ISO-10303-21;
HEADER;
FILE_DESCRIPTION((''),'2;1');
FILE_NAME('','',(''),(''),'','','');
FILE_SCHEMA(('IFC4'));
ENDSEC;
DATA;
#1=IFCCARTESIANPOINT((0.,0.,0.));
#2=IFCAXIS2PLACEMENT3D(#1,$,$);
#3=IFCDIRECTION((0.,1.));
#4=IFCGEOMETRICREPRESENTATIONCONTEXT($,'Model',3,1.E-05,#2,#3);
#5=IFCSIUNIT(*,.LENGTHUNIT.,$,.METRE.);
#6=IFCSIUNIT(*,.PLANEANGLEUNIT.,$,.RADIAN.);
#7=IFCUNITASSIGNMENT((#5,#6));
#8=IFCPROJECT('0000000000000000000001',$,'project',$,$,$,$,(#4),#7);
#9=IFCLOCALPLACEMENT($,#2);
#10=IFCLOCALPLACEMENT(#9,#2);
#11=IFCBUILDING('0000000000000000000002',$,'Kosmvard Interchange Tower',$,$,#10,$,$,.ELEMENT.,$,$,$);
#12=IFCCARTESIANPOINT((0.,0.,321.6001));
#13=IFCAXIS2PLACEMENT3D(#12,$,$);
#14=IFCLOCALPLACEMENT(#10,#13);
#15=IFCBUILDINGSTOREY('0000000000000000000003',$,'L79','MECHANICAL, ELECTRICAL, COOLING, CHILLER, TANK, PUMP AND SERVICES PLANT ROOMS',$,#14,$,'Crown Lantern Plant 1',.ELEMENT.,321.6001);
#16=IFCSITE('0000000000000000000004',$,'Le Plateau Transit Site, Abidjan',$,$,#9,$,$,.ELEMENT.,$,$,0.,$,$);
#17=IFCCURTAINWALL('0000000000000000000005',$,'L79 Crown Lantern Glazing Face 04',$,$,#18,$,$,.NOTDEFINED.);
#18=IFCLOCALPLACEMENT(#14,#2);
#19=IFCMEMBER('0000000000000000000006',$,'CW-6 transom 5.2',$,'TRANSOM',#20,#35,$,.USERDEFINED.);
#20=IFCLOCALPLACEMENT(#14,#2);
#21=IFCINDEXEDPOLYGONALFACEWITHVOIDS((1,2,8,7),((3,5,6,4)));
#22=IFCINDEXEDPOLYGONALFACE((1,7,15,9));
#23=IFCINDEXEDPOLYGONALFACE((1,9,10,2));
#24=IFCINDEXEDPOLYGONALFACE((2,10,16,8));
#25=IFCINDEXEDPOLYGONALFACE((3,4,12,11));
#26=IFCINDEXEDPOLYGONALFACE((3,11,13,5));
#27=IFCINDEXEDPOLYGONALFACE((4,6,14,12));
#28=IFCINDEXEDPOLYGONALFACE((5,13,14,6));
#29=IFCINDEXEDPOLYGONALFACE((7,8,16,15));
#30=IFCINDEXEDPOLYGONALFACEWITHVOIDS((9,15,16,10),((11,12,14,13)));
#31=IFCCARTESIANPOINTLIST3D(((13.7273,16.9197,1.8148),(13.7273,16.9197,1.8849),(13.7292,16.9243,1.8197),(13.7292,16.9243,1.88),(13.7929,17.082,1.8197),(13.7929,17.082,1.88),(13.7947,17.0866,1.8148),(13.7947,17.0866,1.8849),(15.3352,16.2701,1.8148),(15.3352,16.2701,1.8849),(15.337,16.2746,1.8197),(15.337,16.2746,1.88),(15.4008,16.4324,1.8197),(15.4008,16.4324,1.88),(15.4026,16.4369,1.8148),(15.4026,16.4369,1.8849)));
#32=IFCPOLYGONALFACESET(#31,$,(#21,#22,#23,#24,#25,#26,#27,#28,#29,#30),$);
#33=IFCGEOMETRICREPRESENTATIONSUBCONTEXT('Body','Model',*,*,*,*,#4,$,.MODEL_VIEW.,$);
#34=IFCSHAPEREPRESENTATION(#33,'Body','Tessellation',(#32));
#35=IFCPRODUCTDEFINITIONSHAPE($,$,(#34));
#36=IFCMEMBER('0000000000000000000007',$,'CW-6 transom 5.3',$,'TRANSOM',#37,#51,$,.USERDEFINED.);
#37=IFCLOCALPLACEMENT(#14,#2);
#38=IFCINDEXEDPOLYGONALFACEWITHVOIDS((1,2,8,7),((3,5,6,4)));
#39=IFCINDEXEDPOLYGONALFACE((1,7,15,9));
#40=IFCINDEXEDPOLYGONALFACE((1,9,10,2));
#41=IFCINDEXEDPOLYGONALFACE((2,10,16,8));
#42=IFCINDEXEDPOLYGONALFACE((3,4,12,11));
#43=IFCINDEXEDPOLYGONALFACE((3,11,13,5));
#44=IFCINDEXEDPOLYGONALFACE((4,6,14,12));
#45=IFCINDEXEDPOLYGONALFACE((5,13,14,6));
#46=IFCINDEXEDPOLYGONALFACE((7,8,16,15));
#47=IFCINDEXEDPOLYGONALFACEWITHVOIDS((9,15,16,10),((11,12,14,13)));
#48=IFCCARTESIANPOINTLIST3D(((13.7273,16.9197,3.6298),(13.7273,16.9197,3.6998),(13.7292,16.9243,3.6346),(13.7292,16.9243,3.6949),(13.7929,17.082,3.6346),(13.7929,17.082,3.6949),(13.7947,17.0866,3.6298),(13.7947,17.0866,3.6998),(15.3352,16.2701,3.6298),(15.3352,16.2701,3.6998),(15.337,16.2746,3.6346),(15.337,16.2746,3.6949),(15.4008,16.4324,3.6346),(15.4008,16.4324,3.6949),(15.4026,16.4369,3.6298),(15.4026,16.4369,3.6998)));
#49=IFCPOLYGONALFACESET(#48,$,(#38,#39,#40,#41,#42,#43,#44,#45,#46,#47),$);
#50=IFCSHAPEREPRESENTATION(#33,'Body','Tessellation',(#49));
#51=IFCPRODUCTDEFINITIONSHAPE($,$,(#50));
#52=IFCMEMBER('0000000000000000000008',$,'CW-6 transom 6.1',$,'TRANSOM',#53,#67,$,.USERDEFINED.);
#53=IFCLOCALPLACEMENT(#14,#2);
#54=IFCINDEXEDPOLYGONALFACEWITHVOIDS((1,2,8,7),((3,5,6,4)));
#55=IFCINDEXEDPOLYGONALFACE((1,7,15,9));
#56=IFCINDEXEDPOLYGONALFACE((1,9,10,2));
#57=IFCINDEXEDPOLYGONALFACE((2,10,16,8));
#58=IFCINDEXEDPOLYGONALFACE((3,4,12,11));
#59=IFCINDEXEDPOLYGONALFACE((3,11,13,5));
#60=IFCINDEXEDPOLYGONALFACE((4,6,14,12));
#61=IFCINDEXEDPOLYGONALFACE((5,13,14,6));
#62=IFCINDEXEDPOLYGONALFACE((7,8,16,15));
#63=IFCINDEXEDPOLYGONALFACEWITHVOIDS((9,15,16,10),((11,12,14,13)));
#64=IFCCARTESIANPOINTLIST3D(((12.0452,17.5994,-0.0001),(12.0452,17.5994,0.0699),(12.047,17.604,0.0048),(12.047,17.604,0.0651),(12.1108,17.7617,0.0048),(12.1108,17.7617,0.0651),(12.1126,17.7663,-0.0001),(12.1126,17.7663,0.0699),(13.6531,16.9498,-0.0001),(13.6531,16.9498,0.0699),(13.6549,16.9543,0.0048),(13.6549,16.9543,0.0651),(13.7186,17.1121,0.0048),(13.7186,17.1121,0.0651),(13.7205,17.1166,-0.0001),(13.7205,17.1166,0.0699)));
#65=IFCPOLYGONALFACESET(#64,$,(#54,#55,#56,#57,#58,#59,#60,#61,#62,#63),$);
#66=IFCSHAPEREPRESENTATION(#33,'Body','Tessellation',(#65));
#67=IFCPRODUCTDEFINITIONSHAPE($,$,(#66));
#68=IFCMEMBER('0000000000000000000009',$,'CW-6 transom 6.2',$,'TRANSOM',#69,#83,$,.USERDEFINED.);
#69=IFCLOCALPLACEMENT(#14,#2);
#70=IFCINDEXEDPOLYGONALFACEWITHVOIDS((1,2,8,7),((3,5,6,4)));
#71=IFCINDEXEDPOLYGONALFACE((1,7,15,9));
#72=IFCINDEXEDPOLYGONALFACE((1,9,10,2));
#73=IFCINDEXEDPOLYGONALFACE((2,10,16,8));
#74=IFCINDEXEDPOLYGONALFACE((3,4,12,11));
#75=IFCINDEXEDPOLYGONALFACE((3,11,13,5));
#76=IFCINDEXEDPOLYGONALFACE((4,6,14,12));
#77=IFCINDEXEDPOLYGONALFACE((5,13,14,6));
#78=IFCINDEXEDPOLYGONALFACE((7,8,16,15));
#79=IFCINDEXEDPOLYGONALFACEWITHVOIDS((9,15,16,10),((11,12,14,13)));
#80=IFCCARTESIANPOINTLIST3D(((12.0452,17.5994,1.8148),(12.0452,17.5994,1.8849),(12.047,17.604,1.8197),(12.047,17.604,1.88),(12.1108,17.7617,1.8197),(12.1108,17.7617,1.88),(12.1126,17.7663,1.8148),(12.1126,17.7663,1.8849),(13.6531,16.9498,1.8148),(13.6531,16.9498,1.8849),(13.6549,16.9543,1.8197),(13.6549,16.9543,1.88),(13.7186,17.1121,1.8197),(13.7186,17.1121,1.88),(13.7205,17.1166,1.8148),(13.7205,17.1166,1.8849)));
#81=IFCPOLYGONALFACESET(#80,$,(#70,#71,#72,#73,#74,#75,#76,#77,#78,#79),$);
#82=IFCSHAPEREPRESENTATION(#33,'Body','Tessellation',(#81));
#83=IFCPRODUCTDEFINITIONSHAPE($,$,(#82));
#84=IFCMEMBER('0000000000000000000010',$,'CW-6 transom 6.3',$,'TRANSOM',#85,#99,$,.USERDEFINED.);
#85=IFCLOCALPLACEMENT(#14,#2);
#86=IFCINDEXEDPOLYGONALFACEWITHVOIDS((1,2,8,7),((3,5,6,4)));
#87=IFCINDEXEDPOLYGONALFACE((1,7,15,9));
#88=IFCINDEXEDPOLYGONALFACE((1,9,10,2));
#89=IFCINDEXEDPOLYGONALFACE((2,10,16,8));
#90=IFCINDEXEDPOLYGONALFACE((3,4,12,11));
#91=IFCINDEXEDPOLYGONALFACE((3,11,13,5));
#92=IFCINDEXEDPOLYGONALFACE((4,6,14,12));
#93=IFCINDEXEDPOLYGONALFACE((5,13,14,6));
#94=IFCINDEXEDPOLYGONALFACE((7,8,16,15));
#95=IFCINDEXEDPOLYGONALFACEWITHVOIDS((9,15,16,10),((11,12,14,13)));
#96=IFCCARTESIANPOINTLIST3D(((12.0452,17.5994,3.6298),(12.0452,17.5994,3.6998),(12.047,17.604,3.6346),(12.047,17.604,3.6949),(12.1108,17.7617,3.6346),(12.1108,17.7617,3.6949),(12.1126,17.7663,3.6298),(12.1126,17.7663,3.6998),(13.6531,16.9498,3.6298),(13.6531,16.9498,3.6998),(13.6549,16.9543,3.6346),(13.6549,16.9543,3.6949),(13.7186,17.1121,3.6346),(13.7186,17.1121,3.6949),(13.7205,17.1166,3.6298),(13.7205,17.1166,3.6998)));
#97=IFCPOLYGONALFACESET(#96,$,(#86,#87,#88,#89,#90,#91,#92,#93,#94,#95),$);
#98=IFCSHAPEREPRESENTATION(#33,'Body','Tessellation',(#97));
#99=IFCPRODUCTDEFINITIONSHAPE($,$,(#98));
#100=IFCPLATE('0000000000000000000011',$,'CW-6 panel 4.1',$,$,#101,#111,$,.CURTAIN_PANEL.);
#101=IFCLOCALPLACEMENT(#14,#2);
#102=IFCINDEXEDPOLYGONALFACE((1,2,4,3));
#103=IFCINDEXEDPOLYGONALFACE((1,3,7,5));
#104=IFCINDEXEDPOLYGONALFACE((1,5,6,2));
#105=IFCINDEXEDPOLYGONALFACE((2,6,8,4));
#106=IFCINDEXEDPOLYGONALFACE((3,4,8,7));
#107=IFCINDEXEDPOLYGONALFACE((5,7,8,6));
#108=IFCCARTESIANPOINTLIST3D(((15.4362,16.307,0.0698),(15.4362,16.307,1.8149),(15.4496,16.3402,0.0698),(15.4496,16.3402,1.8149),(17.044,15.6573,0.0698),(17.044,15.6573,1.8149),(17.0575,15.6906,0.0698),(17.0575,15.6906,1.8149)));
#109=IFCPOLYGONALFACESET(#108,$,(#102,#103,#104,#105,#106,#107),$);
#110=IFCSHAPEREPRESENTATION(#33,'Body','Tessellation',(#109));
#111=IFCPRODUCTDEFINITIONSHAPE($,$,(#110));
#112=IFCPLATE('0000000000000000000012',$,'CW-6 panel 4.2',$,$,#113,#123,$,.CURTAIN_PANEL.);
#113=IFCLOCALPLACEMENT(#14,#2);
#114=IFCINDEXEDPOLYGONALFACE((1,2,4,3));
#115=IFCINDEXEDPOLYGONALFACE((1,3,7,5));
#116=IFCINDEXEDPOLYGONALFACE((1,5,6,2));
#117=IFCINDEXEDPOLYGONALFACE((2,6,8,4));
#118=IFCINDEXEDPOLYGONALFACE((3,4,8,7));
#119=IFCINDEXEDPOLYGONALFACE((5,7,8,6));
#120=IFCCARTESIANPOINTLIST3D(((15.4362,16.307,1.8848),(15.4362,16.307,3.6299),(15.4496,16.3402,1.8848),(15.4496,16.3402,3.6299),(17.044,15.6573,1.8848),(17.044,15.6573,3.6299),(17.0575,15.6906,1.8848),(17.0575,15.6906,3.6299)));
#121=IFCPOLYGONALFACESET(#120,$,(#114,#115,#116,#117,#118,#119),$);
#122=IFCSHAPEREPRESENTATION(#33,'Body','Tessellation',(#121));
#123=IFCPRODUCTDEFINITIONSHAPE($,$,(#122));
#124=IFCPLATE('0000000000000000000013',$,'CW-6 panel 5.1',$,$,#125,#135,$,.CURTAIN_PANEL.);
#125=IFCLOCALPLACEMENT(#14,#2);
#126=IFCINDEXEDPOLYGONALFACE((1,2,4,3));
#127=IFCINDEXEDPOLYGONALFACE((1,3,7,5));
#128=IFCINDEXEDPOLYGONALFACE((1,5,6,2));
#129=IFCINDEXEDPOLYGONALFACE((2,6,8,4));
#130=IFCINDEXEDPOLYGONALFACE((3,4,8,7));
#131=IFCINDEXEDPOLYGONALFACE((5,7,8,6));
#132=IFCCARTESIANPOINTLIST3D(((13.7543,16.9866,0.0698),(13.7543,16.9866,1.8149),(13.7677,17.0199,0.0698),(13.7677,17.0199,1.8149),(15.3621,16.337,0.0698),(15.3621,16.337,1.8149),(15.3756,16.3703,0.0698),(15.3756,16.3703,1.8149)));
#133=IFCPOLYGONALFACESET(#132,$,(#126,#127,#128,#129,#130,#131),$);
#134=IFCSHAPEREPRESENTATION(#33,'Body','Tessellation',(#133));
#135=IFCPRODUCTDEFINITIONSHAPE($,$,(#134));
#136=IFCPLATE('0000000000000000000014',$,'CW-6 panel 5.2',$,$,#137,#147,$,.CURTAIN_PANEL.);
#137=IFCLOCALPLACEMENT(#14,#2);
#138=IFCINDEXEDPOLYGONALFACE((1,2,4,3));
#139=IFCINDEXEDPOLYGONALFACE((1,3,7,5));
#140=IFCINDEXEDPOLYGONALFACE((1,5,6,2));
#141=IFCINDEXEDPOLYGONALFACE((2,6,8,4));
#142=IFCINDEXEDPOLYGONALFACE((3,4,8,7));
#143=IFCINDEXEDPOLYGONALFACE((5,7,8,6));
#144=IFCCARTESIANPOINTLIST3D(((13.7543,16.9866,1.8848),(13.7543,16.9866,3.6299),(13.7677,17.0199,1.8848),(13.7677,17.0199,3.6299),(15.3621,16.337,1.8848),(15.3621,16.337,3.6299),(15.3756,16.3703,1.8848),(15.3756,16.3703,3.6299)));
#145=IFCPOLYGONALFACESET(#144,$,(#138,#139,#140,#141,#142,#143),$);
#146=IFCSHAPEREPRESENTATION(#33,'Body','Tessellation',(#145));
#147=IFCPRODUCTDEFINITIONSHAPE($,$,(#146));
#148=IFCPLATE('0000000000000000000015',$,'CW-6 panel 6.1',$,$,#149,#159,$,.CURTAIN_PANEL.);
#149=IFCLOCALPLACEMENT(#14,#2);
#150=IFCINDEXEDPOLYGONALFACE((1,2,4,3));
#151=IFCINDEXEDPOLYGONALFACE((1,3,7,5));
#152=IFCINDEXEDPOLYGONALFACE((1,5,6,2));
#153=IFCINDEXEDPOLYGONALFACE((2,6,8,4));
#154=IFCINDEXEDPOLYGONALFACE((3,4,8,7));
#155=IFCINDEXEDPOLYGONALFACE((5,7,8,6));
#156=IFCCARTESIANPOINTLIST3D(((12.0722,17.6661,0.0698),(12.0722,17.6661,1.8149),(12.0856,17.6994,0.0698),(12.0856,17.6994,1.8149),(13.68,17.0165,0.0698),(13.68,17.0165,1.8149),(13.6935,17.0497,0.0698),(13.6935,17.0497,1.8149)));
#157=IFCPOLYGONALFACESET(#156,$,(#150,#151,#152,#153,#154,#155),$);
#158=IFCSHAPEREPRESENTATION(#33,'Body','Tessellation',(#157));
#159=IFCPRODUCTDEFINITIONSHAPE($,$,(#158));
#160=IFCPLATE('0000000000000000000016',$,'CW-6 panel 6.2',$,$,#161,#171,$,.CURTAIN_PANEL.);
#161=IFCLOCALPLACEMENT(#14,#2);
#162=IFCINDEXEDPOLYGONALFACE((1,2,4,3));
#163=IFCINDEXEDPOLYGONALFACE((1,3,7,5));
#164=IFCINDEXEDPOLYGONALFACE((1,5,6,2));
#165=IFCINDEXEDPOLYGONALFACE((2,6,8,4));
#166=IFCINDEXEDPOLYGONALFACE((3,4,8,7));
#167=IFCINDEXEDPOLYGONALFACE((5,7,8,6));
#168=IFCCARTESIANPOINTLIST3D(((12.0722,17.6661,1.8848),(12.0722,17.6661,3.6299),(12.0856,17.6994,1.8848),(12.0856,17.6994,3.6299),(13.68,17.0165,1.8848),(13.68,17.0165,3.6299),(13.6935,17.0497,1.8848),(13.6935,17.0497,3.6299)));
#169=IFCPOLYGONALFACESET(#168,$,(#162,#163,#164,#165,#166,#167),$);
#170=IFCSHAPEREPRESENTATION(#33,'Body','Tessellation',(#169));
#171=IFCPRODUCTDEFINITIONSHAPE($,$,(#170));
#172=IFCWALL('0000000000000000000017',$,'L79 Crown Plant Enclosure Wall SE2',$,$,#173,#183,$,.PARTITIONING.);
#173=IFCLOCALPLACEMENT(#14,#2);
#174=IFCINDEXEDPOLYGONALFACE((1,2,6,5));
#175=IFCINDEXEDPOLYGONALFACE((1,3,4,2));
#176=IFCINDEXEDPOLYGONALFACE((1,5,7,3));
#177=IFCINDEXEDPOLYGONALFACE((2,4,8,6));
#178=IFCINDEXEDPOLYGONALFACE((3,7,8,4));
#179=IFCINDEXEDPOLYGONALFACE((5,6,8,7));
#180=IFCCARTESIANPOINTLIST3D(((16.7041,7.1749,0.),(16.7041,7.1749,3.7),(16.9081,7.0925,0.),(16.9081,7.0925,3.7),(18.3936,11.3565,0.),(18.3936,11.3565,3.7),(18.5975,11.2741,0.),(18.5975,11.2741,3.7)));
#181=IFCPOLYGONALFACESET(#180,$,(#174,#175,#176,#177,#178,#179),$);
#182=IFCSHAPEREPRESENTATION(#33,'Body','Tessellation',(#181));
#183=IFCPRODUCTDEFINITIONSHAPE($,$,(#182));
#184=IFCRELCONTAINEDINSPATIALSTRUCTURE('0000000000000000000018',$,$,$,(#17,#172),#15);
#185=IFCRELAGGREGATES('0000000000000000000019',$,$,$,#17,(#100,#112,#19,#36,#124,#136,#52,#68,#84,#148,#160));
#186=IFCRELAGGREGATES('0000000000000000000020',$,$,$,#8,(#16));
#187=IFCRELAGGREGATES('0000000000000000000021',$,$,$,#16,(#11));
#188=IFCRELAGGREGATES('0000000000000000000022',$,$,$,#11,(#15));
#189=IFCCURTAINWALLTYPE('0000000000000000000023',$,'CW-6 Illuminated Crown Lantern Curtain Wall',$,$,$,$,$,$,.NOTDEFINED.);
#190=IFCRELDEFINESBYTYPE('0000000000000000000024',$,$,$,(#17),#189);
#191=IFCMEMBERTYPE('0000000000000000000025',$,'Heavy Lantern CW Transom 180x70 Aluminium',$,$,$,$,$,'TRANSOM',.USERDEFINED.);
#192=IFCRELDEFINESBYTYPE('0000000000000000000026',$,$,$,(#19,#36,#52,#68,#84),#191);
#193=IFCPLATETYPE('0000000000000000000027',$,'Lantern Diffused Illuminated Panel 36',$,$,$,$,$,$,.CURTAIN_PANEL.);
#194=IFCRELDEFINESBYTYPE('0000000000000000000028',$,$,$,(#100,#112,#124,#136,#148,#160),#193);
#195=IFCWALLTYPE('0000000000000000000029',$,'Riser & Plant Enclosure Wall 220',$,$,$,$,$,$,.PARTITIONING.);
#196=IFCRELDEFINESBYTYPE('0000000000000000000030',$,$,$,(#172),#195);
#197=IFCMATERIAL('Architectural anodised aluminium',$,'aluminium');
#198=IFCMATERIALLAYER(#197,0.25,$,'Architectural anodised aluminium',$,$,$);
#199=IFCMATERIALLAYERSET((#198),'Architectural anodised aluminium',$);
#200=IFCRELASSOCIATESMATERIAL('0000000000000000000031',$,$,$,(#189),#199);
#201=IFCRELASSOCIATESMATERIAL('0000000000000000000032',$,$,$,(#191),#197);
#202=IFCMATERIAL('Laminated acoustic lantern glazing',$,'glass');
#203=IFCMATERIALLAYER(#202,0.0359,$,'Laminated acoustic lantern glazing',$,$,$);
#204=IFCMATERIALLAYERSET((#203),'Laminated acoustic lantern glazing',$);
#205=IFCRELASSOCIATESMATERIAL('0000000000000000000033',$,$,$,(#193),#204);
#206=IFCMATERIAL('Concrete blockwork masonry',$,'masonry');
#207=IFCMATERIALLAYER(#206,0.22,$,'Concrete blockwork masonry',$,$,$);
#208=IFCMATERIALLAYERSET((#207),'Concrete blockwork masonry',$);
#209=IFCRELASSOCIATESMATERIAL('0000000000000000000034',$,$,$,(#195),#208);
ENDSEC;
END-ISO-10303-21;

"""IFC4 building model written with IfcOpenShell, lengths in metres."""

from ifc_helpers import new_model, si_unit, direction, frame, frame_2d, origin, origin_2d, place, context, subcontext, project, spatial, rectangle, hollow_rectangle, extrude, source, transform, mapped, material, layer, layer_set, material_profile, profile_set, type_object, element, aggregate, save


model = new_model("IFC4")

# Units and contexts
model_context = context("Model", 3, precision=1e-05, world=origin(), true_north=direction((0.0, 1.0)))
body_context = subcontext(model_context, "Body", "Model", "MODEL_VIEW")
ifc_project = project(units=[si_unit("LENGTHUNIT", "METRE"), si_unit("PLANEANGLEUNIT", "RADIAN")], contexts=[model_context])

# Site, building, storey
site_placement = place(None, origin())
site = spatial("IfcSite", under=ifc_project, at=site_placement, Name="Le Plateau Transit Site, Abidjan", CompositionType="ELEMENT", RefElevation=0.0)
building_placement = place(site_placement, origin())
building = spatial("IfcBuilding", under=site, at=building_placement, Name="Kosmvard Interchange Tower", CompositionType="ELEMENT")
storey_placement = place(building_placement, frame((0.0, 0.0, 321.6001)))
storey = spatial("IfcBuildingStorey", under=building, at=storey_placement, Name="L79", Description="MECHANICAL, ELECTRICAL, COOLING, CHILLER, TANK, PUMP AND SERVICES PLANT ROOMS", LongName="Crown Lantern Plant 1", CompositionType="ELEMENT", Elevation=321.6001)

# Curtain wall, members, plates
ifc_material_1 = material(Name="Architectural anodised aluminium", Category="aluminium")
ifc_layer_1 = layer(ifc_material_1, 0.25, Name="Architectural anodised aluminium")
ifc_layer_set_1 = layer_set([ifc_layer_1], Name="Architectural anodised aluminium")
curtain_wall_type = type_object("IfcCurtainWallType", Name="CW-6 Illuminated Crown Lantern Curtain Wall", PredefinedType="NOTDEFINED", material=ifc_layer_set_1)
curtain_wall_placement = place(storey_placement, origin())
curtain_wall = element("IfcCurtainWall", 1, at=curtain_wall_placement, inside=storey, type_object=curtain_wall_type, Name="L79 Crown Lantern Glazing Face 04", PredefinedType="NOTDEFINED")
ifc_material_profile_1 = material_profile(ifc_material_1, hollow_rectangle(XDim=0.1799, YDim=0.0701, WallThickness=0.0049, at=origin_2d()), Name="CWT 180x70x5")
ifc_profile_set_1 = profile_set([ifc_material_profile_1], Name="Architectural anodised aluminium")
member_type_1 = type_object("IfcMemberType", Name="Heavy Lantern CW Transom 180x70 Aluminium", ElementType="TRANSOM", PredefinedType="USERDEFINED", material=ifc_profile_set_1)
shared_shape_1 = source(origin(), body_context, "Body", "SweptSolid", [
    extrude(hollow_rectangle(XDim=0.1799, YDim=0.0701, WallThickness=0.0049, at=origin_2d()), origin(), (0.0, 0.0, 1.0), 1.7341),
])
member_1_placement = place(storey_placement, frame((15.3689, 16.3535, 1.8499), z_axis=(-0.92718, 0.374617, 0.0), x_axis=(-0.374617, -0.92718, 0.0)))
member_1 = element("IfcMember", 2, at=member_1_placement, type_object=member_type_1, Name="CW-6 transom 5.2", ObjectType="TRANSOM", PredefinedType="USERDEFINED", context=body_context, shape_type="MappedRepresentation", body=[
    mapped(shared_shape_1, transform((0.0, 0.0, 0.0), scale=1.0)),
])
member_2_placement = place(storey_placement, frame((15.3689, 16.3535, 3.6648), z_axis=(-0.92718, 0.374617, 0.0), x_axis=(-0.374617, -0.92718, 0.0)))
member_2 = element("IfcMember", 3, at=member_2_placement, type_object=member_type_1, Name="CW-6 transom 5.3", ObjectType="TRANSOM", PredefinedType="USERDEFINED", context=body_context, shape_type="MappedRepresentation", body=[
    mapped(shared_shape_1, transform((0.0, 0.0, 0.0), scale=1.0)),
])
member_3_placement = place(storey_placement, frame((13.6868, 17.0332, 0.0349), z_axis=(-0.92718, 0.374617, 0.0), x_axis=(-0.374617, -0.92718, 0.0)))
member_3 = element("IfcMember", 4, at=member_3_placement, type_object=member_type_1, Name="CW-6 transom 6.1", ObjectType="TRANSOM", PredefinedType="USERDEFINED", context=body_context, shape_type="MappedRepresentation", body=[
    mapped(shared_shape_1, transform((0.0, 0.0, 0.0), scale=1.0)),
])
member_4_placement = place(storey_placement, frame((13.6868, 17.0332, 1.8499), z_axis=(-0.92718, 0.374617, 0.0), x_axis=(-0.374617, -0.92718, 0.0)))
member_4 = element("IfcMember", 5, at=member_4_placement, type_object=member_type_1, Name="CW-6 transom 6.2", ObjectType="TRANSOM", PredefinedType="USERDEFINED", context=body_context, shape_type="MappedRepresentation", body=[
    mapped(shared_shape_1, transform((0.0, 0.0, 0.0), scale=1.0)),
])
member_5_placement = place(storey_placement, frame((13.6868, 17.0332, 3.6648), z_axis=(-0.92718, 0.374617, 0.0), x_axis=(-0.374617, -0.92718, 0.0)))
member_5 = element("IfcMember", 6, at=member_5_placement, type_object=member_type_1, Name="CW-6 transom 6.3", ObjectType="TRANSOM", PredefinedType="USERDEFINED", context=body_context, shape_type="MappedRepresentation", body=[
    mapped(shared_shape_1, transform((0.0, 0.0, 0.0), scale=1.0)),
])
ifc_material_2 = material(Name="Laminated acoustic lantern glazing", Category="glass")
ifc_layer_2 = layer(ifc_material_2, 0.0359, Name="Laminated acoustic lantern glazing")
ifc_layer_set_2 = layer_set([ifc_layer_2], Name="Laminated acoustic lantern glazing")
plate_type = type_object("IfcPlateType", Name="Lantern Diffused Illuminated Panel 36", PredefinedType="CURTAIN_PANEL", material=ifc_layer_set_2)
shared_shape_2 = source(origin(), body_context, "Body", "SweptSolid", [
    extrude(rectangle(XDim=1.7341, YDim=0.0359, at=origin_2d()), origin(), (0.0, 0.0, 1.0), 1.7451),
])
plate_1_placement = place(storey_placement, frame((16.2468, 15.9988, 0.0698), z_axis=(0.0, 0.0, 1.0), x_axis=(-0.927184, 0.374607, 0.0)))
plate_1 = element("IfcPlate", 7, at=plate_1_placement, type_object=plate_type, Name="CW-6 panel 4.1", PredefinedType="CURTAIN_PANEL", context=body_context, shape_type="MappedRepresentation", body=[
    mapped(shared_shape_2, transform((0.0, 0.0, 0.0), scale=1.0)),
])
plate_2_placement = place(storey_placement, frame((16.2468, 15.9988, 1.8848), z_axis=(0.0, 0.0, 1.0), x_axis=(-0.927184, 0.374607, 0.0)))
plate_2 = element("IfcPlate", 8, at=plate_2_placement, type_object=plate_type, Name="CW-6 panel 4.2", PredefinedType="CURTAIN_PANEL", context=body_context, shape_type="MappedRepresentation", body=[
    mapped(shared_shape_2, transform((0.0, 0.0, 0.0), scale=1.0)),
])
plate_3_placement = place(storey_placement, frame((14.5649, 16.6785, 0.0698), z_axis=(0.0, 0.0, 1.0), x_axis=(-0.927184, 0.374607, 0.0)))
plate_3 = element("IfcPlate", 9, at=plate_3_placement, type_object=plate_type, Name="CW-6 panel 5.1", PredefinedType="CURTAIN_PANEL", context=body_context, shape_type="MappedRepresentation", body=[
    mapped(shared_shape_2, transform((0.0, 0.0, 0.0), scale=1.0)),
])
plate_4_placement = place(storey_placement, frame((14.5649, 16.6785, 1.8848), z_axis=(0.0, 0.0, 1.0), x_axis=(-0.927184, 0.374607, 0.0)))
plate_4 = element("IfcPlate", 10, at=plate_4_placement, type_object=plate_type, Name="CW-6 panel 5.2", PredefinedType="CURTAIN_PANEL", context=body_context, shape_type="MappedRepresentation", body=[
    mapped(shared_shape_2, transform((0.0, 0.0, 0.0), scale=1.0)),
])
plate_5_placement = place(storey_placement, frame((12.8828, 17.3579, 0.0698), z_axis=(0.0, 0.0, 1.0), x_axis=(-0.927184, 0.374607, 0.0)))
plate_5 = element("IfcPlate", 11, at=plate_5_placement, type_object=plate_type, Name="CW-6 panel 6.1", PredefinedType="CURTAIN_PANEL", context=body_context, shape_type="MappedRepresentation", body=[
    mapped(shared_shape_2, transform((0.0, 0.0, 0.0), scale=1.0)),
])
plate_6_placement = place(storey_placement, frame((12.8828, 17.3579, 1.8848), z_axis=(0.0, 0.0, 1.0), x_axis=(-0.927184, 0.374607, 0.0)))
plate_6 = element("IfcPlate", 12, at=plate_6_placement, type_object=plate_type, Name="CW-6 panel 6.2", PredefinedType="CURTAIN_PANEL", context=body_context, shape_type="MappedRepresentation", body=[
    mapped(shared_shape_2, transform((0.0, 0.0, 0.0), scale=1.0)),
])
aggregate(curtain_wall, [plate_1, plate_2, member_1, member_2, plate_3, plate_4, member_3, member_4, member_5, plate_5, plate_6])

# Wall
ifc_material_3 = material(Name="Concrete blockwork masonry", Category="masonry")
ifc_layer_3 = layer(ifc_material_3, 0.22, Name="Concrete blockwork masonry")
ifc_layer_set_3 = layer_set([ifc_layer_3], Name="Concrete blockwork masonry")
wall_type = type_object("IfcWallType", Name="Riser & Plant Enclosure Wall 220", PredefinedType="PARTITIONING", material=ifc_layer_set_3)
wall_placement = place(storey_placement, frame((16.8062, 7.1338, 0.0), z_axis=(0.0, 0.0, 1.0), x_axis=(0.374599, 0.927187, 0.0)))
element("IfcWall", 13, at=wall_placement, inside=storey, type_object=wall_type, Name="L79 Crown Plant Enclosure Wall SE2", PredefinedType="PARTITIONING", context=body_context, shape_type="SweptSolid", body=[
    extrude(rectangle(XDim=4.51, YDim=0.22, at=frame_2d((2.2549, 0.0))), origin(), (0.0, 0.0, 1.0), 3.7),
])

save(model, "model.ifc")
